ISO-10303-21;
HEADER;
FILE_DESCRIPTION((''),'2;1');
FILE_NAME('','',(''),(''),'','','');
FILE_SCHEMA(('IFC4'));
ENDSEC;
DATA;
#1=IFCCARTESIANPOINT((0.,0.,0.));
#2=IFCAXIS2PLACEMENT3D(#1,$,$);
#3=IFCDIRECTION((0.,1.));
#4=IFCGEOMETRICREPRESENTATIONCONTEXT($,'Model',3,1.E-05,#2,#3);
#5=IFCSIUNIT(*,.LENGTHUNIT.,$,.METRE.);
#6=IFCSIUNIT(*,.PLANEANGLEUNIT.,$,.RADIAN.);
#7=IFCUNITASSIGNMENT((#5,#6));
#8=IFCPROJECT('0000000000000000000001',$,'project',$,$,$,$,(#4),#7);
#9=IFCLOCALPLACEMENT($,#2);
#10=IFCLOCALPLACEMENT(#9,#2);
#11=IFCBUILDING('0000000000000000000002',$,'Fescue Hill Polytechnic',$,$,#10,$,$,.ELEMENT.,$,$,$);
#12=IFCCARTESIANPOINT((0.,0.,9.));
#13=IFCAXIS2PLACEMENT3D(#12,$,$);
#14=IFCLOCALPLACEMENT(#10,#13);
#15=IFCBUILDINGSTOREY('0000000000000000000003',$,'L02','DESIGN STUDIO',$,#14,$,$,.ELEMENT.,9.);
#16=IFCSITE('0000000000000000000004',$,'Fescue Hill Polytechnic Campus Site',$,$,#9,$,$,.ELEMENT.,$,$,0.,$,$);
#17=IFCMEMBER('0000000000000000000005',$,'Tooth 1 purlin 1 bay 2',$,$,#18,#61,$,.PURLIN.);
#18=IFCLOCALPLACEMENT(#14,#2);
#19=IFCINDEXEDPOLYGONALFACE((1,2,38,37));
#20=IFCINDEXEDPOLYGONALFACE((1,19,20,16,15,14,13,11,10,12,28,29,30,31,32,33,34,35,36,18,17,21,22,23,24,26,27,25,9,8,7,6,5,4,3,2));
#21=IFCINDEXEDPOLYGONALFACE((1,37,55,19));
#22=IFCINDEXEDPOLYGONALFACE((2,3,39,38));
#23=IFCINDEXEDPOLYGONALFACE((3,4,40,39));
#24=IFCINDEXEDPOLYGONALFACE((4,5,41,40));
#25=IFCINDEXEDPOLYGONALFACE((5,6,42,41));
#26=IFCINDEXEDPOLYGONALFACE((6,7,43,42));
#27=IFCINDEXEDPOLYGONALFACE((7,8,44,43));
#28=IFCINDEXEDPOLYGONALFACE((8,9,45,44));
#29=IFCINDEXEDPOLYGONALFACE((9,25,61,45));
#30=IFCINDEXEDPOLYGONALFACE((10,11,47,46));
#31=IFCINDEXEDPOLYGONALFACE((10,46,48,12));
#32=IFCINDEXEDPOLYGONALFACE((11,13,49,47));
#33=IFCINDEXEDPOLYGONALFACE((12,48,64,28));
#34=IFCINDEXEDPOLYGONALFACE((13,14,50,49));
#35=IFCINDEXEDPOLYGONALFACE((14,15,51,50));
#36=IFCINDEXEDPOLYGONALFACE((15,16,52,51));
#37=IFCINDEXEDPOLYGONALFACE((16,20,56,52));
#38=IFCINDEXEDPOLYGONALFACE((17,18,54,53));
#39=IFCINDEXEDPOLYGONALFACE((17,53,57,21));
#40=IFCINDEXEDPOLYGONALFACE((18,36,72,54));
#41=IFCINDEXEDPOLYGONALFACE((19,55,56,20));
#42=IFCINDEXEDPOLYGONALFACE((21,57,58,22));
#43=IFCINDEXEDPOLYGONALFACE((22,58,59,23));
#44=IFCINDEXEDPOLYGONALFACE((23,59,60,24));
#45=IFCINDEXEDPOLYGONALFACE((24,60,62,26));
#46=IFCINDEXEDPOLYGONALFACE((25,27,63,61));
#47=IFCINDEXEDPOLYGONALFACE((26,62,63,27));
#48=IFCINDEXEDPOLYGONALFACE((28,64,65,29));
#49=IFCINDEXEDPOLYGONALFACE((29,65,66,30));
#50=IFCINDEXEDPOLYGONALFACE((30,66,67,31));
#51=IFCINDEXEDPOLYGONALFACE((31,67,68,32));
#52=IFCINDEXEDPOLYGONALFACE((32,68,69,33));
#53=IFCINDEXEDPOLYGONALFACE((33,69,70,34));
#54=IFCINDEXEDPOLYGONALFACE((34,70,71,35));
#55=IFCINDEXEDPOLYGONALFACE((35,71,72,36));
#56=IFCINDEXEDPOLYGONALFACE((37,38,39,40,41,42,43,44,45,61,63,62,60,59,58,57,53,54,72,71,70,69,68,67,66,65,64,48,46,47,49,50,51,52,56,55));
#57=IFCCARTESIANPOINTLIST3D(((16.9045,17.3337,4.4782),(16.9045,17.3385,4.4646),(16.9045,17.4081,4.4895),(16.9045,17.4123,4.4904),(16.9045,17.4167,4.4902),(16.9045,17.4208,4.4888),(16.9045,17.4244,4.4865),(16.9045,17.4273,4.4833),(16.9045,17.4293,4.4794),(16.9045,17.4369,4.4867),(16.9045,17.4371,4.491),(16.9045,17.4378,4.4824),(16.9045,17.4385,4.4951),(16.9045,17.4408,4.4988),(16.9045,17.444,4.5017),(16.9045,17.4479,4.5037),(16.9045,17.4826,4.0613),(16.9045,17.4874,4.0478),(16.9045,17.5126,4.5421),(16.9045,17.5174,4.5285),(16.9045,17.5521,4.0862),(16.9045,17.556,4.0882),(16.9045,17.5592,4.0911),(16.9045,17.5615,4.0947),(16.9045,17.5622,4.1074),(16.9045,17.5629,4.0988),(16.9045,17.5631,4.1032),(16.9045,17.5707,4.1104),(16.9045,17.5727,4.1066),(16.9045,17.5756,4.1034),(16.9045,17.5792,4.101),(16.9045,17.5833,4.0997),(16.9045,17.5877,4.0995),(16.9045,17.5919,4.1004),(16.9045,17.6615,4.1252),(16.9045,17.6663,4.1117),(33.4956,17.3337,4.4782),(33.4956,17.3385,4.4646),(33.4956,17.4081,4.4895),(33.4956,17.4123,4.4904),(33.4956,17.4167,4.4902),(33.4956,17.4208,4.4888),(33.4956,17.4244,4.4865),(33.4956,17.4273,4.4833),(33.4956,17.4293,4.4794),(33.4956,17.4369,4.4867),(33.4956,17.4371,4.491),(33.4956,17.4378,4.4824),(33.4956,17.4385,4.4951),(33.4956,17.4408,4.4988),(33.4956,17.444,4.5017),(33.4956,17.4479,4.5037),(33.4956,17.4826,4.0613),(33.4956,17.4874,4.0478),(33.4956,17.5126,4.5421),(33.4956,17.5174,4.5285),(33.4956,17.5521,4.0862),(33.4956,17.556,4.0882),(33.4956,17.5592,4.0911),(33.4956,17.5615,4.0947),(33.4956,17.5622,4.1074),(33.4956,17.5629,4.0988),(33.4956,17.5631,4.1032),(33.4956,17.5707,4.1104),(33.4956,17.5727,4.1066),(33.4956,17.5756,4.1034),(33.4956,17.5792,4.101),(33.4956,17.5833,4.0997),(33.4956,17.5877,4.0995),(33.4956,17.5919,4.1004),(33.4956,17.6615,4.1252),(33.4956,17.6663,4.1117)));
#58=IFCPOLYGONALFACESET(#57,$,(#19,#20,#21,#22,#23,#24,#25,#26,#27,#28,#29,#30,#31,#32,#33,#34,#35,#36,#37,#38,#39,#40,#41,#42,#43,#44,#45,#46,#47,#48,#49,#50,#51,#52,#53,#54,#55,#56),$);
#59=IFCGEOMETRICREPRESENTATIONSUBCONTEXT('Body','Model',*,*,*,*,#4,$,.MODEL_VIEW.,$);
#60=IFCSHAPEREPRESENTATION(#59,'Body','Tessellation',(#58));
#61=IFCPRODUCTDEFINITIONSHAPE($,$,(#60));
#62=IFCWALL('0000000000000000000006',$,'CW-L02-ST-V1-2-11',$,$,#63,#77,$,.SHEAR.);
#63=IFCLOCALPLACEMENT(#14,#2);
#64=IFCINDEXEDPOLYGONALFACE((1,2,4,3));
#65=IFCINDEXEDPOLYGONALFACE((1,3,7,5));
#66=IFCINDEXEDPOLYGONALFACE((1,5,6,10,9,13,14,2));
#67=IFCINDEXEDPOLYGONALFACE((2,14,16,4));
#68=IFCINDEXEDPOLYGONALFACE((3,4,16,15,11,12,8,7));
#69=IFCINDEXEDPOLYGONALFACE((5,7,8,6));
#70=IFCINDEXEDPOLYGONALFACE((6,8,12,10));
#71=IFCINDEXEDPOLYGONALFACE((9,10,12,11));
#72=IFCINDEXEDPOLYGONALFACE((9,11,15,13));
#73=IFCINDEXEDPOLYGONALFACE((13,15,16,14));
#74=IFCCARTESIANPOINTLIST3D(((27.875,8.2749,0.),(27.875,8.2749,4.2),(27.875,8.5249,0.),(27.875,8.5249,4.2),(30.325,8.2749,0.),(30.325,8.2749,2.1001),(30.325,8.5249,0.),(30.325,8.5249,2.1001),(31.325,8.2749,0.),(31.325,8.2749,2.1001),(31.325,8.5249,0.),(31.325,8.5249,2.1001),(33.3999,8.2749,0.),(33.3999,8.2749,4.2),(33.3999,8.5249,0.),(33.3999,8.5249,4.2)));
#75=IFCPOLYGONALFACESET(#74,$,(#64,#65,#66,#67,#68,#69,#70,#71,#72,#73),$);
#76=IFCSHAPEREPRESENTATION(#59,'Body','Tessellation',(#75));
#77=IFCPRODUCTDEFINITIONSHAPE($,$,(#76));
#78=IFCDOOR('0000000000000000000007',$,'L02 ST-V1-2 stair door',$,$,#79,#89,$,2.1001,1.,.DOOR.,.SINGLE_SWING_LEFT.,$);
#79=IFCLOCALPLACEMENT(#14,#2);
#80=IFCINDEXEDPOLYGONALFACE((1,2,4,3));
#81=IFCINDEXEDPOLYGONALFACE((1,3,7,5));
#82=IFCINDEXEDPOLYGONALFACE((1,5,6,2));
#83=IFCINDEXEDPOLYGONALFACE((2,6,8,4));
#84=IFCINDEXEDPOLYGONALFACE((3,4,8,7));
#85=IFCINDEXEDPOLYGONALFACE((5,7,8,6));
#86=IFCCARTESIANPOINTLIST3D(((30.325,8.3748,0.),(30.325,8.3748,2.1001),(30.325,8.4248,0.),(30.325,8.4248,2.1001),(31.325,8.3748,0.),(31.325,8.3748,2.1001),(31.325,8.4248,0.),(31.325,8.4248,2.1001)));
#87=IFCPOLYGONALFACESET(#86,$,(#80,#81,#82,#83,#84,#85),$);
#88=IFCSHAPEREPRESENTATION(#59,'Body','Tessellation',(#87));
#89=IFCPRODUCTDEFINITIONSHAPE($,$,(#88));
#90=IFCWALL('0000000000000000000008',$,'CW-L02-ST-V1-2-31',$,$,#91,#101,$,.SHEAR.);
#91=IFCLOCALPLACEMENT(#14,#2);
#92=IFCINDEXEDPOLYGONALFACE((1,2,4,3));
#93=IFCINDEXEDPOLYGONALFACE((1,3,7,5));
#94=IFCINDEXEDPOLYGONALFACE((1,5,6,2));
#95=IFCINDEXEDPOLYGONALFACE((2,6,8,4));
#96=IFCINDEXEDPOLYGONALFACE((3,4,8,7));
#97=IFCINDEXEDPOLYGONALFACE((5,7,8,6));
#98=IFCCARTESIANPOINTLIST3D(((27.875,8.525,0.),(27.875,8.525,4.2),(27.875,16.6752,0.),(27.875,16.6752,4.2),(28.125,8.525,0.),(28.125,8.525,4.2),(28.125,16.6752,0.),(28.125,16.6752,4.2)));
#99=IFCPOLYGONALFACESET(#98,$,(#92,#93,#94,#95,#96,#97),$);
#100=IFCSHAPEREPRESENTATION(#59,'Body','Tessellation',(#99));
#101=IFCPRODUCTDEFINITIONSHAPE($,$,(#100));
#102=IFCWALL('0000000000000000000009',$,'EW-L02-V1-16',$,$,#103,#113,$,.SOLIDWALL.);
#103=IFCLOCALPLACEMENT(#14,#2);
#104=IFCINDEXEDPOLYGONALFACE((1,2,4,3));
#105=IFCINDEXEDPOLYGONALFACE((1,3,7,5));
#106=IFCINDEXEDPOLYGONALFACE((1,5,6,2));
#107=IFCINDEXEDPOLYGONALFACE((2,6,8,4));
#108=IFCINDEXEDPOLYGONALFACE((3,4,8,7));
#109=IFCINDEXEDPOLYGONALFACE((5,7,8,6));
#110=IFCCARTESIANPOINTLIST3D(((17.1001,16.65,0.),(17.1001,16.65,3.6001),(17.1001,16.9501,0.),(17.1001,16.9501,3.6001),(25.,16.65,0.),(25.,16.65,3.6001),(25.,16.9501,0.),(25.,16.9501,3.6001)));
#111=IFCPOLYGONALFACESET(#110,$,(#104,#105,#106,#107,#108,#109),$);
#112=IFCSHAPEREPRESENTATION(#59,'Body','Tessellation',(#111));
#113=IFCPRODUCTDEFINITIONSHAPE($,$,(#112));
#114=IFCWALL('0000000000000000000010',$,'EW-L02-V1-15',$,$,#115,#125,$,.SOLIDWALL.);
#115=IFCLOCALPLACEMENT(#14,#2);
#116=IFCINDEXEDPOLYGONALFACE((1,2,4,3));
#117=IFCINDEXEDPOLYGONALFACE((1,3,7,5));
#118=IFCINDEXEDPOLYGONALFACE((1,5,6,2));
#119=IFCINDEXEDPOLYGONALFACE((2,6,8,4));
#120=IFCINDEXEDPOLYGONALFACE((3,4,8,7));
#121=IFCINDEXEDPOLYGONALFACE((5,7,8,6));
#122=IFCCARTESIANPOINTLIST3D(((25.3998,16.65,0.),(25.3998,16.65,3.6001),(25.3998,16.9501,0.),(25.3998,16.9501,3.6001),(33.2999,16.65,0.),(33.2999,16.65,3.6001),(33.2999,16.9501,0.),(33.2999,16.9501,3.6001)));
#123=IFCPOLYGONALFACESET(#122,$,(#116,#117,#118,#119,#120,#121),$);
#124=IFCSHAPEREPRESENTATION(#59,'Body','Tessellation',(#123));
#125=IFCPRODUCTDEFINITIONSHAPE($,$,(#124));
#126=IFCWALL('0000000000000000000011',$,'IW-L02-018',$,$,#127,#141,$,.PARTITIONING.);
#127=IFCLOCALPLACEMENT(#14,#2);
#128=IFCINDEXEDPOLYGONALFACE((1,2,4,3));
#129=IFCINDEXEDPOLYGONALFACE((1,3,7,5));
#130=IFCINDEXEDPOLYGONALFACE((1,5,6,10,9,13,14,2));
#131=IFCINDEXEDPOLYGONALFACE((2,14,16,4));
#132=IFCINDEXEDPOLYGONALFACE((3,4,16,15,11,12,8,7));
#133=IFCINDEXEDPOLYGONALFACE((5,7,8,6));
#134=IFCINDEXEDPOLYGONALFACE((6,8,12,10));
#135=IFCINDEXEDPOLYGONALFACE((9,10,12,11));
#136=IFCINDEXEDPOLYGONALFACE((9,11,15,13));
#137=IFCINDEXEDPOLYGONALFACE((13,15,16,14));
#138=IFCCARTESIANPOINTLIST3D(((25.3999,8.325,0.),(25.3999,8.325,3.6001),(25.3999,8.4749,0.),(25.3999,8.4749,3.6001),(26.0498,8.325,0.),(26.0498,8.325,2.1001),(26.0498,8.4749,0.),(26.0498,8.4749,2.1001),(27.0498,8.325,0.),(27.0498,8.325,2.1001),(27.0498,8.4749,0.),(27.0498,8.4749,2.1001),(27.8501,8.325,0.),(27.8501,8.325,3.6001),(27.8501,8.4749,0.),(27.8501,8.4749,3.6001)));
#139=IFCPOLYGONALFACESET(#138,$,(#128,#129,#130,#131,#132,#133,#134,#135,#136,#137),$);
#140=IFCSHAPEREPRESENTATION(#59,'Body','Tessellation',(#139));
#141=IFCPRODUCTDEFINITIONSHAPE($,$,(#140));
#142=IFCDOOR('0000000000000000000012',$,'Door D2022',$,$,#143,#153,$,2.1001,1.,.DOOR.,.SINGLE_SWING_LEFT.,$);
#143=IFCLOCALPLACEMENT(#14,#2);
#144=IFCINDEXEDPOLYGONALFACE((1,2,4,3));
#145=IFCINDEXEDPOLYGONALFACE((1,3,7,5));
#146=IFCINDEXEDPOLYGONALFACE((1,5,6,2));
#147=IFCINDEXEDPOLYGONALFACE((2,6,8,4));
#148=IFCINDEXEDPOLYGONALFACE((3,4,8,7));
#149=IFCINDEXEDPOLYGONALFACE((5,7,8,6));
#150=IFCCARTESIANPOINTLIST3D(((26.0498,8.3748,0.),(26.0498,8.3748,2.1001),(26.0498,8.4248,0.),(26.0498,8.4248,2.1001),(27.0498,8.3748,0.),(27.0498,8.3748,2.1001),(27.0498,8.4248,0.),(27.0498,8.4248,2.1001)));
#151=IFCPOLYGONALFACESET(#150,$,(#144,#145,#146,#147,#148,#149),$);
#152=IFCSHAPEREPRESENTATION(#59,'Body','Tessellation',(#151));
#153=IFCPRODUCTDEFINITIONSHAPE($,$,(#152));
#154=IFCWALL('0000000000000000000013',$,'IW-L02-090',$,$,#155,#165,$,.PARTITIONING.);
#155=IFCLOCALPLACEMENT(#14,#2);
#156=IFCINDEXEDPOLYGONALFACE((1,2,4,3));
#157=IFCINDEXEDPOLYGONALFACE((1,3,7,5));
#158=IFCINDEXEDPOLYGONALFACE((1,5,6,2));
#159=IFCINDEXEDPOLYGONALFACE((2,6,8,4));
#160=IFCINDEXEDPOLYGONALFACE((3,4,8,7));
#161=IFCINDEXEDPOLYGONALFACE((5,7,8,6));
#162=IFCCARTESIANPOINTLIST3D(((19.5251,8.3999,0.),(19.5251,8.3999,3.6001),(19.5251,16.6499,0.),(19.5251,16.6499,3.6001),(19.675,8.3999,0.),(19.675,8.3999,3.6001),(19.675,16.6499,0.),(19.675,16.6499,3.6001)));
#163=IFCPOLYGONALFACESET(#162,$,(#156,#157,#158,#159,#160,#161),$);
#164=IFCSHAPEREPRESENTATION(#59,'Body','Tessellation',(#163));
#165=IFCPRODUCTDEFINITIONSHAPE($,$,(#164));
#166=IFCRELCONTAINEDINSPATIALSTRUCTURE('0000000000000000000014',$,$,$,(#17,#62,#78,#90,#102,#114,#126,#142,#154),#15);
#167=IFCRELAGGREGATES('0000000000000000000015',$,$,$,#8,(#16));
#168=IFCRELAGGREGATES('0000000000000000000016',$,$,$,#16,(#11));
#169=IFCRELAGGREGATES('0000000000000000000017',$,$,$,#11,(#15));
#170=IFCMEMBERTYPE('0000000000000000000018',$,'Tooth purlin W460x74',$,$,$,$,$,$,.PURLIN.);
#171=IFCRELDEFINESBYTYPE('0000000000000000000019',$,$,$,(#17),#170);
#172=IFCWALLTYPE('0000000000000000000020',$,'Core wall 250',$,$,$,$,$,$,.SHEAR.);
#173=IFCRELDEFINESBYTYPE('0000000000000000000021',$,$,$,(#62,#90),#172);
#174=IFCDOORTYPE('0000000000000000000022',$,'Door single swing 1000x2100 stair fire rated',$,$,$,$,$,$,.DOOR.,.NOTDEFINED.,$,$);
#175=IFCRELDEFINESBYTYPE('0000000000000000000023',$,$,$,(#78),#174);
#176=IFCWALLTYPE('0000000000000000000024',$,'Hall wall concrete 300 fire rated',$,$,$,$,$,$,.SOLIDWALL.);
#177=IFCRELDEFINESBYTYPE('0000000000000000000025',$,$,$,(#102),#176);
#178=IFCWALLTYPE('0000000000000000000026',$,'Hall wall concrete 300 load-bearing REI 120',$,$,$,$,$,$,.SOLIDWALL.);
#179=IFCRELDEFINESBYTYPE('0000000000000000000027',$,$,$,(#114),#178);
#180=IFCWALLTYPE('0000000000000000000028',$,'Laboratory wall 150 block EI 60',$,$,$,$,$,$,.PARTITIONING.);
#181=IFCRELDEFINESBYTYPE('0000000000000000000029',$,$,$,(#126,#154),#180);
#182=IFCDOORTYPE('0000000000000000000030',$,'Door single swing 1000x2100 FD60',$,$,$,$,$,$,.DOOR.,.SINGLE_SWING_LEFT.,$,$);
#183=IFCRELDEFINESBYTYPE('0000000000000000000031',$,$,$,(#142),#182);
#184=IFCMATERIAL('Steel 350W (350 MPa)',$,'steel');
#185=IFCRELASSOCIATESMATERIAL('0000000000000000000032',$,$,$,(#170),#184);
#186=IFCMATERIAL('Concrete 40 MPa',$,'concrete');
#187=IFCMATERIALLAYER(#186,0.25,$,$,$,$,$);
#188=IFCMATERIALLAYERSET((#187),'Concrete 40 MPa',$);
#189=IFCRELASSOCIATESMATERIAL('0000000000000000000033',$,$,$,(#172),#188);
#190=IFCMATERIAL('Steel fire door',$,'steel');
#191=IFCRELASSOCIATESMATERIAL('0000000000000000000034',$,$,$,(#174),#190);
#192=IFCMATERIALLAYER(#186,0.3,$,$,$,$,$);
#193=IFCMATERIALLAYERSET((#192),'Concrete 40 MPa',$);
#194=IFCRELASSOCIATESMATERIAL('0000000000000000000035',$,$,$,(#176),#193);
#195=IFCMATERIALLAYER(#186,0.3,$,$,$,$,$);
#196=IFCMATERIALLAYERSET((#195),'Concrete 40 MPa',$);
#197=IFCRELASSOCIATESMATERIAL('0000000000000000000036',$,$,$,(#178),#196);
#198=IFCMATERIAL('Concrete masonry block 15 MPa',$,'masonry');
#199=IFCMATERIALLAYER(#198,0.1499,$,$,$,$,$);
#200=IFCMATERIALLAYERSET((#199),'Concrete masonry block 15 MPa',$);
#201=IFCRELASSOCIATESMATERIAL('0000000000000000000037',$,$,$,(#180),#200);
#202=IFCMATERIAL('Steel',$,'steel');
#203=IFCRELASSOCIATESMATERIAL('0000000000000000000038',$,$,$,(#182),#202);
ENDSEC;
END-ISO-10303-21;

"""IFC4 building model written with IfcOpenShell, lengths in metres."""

from ifc_helpers import new_model, si_unit, direction, frame, frame_2d, origin, origin_2d, place, context, subcontext, project, spatial, rectangle, i_section, extrude, material, layer, layer_set, material_profile, profile_set, type_object, element, fill, save


model = new_model("IFC4")

# Units and contexts
model_context = context("Model", 3, precision=1e-05, world=origin(), true_north=direction((0.0, 1.0)))
body_context = subcontext(model_context, "Body", "Model", "MODEL_VIEW")
ifc_project = project(units=[si_unit("LENGTHUNIT", "METRE"), si_unit("PLANEANGLEUNIT", "RADIAN")], contexts=[model_context])

# Site, building, storey
site_placement = place(None, origin())
site = spatial("IfcSite", under=ifc_project, at=site_placement, Name="Fescue Hill Polytechnic Campus Site", CompositionType="ELEMENT", RefElevation=0.0)
building_placement = place(site_placement, origin())
building = spatial("IfcBuilding", under=site, at=building_placement, Name="Fescue Hill Polytechnic", CompositionType="ELEMENT")
storey_placement = place(building_placement, frame((0.0, 0.0, 9.0)))
storey = spatial("IfcBuildingStorey", under=building, at=storey_placement, Name="L02", Description="DESIGN STUDIO", CompositionType="ELEMENT", Elevation=9.0)

# Shared definitions
ifc_material_1 = material(Name="Concrete 40 MPa", Category="concrete")

# Member
ifc_material_2 = material(Name="Steel 350W (350 MPa)", Category="steel")
ifc_material_profile_1 = material_profile(ifc_material_2, i_section(OverallWidth=0.1899, OverallDepth=0.457, WebThickness=0.009, FlangeThickness=0.0144, FilletRadius=0.0166, at=origin_2d()), Name="W460x74")
ifc_profile_set_1 = profile_set([ifc_material_profile_1], Name="Steel 350W (350 MPa)")
member_type = type_object("IfcMemberType", Name="Tooth purlin W460x74", PredefinedType="PURLIN", material=ifc_profile_set_1)
member_placement = place(storey_placement, frame((16.9045, 17.5, 4.2949), z_axis=(1.0, 0.0, 0.0), x_axis=(0.0, 0.941742, 0.336336)))
element("IfcMember", 1, at=member_placement, inside=storey, type_object=member_type, Name="Tooth 1 purlin 1 bay 2", PredefinedType="PURLIN", context=body_context, shape_type="SweptSolid", body=[
    extrude(i_section(OverallWidth=0.1899, OverallDepth=0.457, WebThickness=0.009, FlangeThickness=0.0144, FilletRadius=0.0166, at=origin_2d()), origin(), (0.0, 0.0, 1.0), 16.5911),
])

# Wall, opening, door
ifc_layer_1 = layer(ifc_material_1, 0.25)
ifc_layer_set_1 = layer_set([ifc_layer_1], Name="Concrete 40 MPa")
wall_type_1 = type_object("IfcWallType", Name="Core wall 250", PredefinedType="SHEAR", material=ifc_layer_set_1)
wall_1_placement = place(storey_placement, frame((27.875, 8.3999, 0.0), z_axis=(0.0, 0.0, 1.0), x_axis=(1.0, 0.0, 0.0)))
wall_1 = element("IfcWall", 2, at=wall_1_placement, inside=storey, type_object=wall_type_1, Name="CW-L02-ST-V1-2-11", PredefinedType="SHEAR", context=body_context, shape_type="SweptSolid", body=[
    extrude(rectangle(XDim=5.5249, YDim=0.25, at=frame_2d((2.7625, 0.0))), origin(), (0.0, 0.0, 1.0), 4.2),
])
opening_1_placement = place(wall_1_placement, frame((2.45, 0.0, 0.0)))
opening_1 = element("IfcOpeningElement", 3, at=opening_1_placement, cuts=wall_1, PredefinedType="OPENING", context=body_context, shape_type="SweptSolid", body=[
    extrude(rectangle(XDim=1.0, YDim=2.1001, at=frame_2d((0.5, 1.05))), frame((0.0, 0.135, 0.0), z_axis=(0.0, -1.0, 0.0), x_axis=(1.0, 0.0, 0.0)), (0.0, 0.0, 1.0), 0.27),
])
ifc_material_3 = material(Name="Steel fire door", Category="steel")
door_type_1 = type_object("IfcDoorType", Name="Door single swing 1000x2100 stair fire rated", OperationType="NOTDEFINED", PredefinedType="DOOR", material=ifc_material_3)
door_1_placement = place(opening_1_placement, origin())
door_1 = element("IfcDoor", 4, at=door_1_placement, inside=storey, type_object=door_type_1, Name="L02 ST-V1-2 stair door", OperationType="SINGLE_SWING_LEFT", OverallHeight=2.1001, OverallWidth=1.0, PredefinedType="DOOR", context=body_context, shape_type="SweptSolid", body=[
    extrude(rectangle(XDim=1.0, YDim=2.1001, at=frame_2d((0.5, 1.05))), frame((0.0, 0.0249, 0.0), z_axis=(0.0, -1.0, 0.0), x_axis=(1.0, 0.0, 0.0)), (0.0, 0.0, 1.0), 0.05),
])
fill(opening_1, door_1)

# Walls
wall_2_placement = place(storey_placement, frame((28.0, 8.5249, 0.0), z_axis=(0.0, 0.0, 1.0), x_axis=(0.0, 1.0, 0.0)))
element("IfcWall", 5, at=wall_2_placement, inside=storey, type_object=wall_type_1, Name="CW-L02-ST-V1-2-31", PredefinedType="SHEAR", context=body_context, shape_type="SweptSolid", body=[
    extrude(rectangle(XDim=8.1501, YDim=0.25, at=frame_2d((4.0752, 0.0))), origin(), (0.0, 0.0, 1.0), 4.2),
])
ifc_layer_2 = layer(ifc_material_1, 0.3)
ifc_layer_set_2 = layer_set([ifc_layer_2], Name="Concrete 40 MPa")
wall_type_2 = type_object("IfcWallType", Name="Hall wall concrete 300 fire rated", PredefinedType="SOLIDWALL", material=ifc_layer_set_2)
wall_3_placement = place(storey_placement, frame((25.0, 16.8, 0.0), z_axis=(0.0, 0.0, 1.0), x_axis=(-1.0, 0.0, 0.0)))
element("IfcWall", 6, at=wall_3_placement, inside=storey, type_object=wall_type_2, Name="EW-L02-V1-16", PredefinedType="SOLIDWALL", context=body_context, shape_type="SweptSolid", body=[
    extrude(rectangle(XDim=7.8999, YDim=0.3, at=frame_2d((3.95, 0.0))), origin(), (0.0, 0.0, 1.0), 3.6001),
])
ifc_layer_3 = layer(ifc_material_1, 0.3)
ifc_layer_set_3 = layer_set([ifc_layer_3], Name="Concrete 40 MPa")
wall_type_3 = type_object("IfcWallType", Name="Hall wall concrete 300 load-bearing REI 120", PredefinedType="SOLIDWALL", material=ifc_layer_set_3)
wall_4_placement = place(storey_placement, frame((33.3, 16.8, 0.0), z_axis=(0.0, 0.0, 1.0), x_axis=(-1.0, 0.0, 0.0)))
element("IfcWall", 7, at=wall_4_placement, inside=storey, type_object=wall_type_3, Name="EW-L02-V1-15", PredefinedType="SOLIDWALL", context=body_context, shape_type="SweptSolid", body=[
    extrude(rectangle(XDim=7.9001, YDim=0.3, at=frame_2d((3.9502, 0.0))), origin(), (0.0, 0.0, 1.0), 3.6001),
])

# Wall, opening, door
ifc_material_4 = material(Name="Concrete masonry block 15 MPa", Category="masonry")
ifc_layer_4 = layer(ifc_material_4, 0.1499)
ifc_layer_set_4 = layer_set([ifc_layer_4], Name="Concrete masonry block 15 MPa")
wall_type_4 = type_object("IfcWallType", Name="Laboratory wall 150 block EI 60", PredefinedType="PARTITIONING", material=ifc_layer_set_4)
wall_5_placement = place(storey_placement, frame((25.3999, 8.3999, 0.0), z_axis=(0.0, 0.0, 1.0), x_axis=(1.0, 0.0, 0.0)))
wall_5 = element("IfcWall", 8, at=wall_5_placement, inside=storey, type_object=wall_type_4, Name="IW-L02-018", PredefinedType="PARTITIONING", context=body_context, shape_type="SweptSolid", body=[
    extrude(rectangle(XDim=2.4502, YDim=0.1499, at=frame_2d((1.2251, 0.0))), origin(), (0.0, 0.0, 1.0), 3.6001),
])
opening_2_placement = place(wall_5_placement, frame((0.6499, 0.0, 0.0)))
opening_2 = element("IfcOpeningElement", 9, at=opening_2_placement, cuts=wall_5, PredefinedType="OPENING", context=body_context, shape_type="SweptSolid", body=[
    extrude(rectangle(XDim=1.0, YDim=2.1001, at=frame_2d((0.5, 1.05))), frame((0.0, 0.085, 0.0), z_axis=(0.0, -1.0, 0.0), x_axis=(1.0, 0.0, 0.0)), (0.0, 0.0, 1.0), 0.1699),
])
ifc_material_5 = material(Name="Steel", Category="steel")
door_type_2 = type_object("IfcDoorType", Name="Door single swing 1000x2100 FD60", OperationType="SINGLE_SWING_LEFT", PredefinedType="DOOR", material=ifc_material_5)
door_2_placement = place(opening_2_placement, origin())
door_2 = element("IfcDoor", 10, at=door_2_placement, inside=storey, type_object=door_type_2, Name="Door D2022", OperationType="SINGLE_SWING_LEFT", OverallHeight=2.1001, OverallWidth=1.0, PredefinedType="DOOR", context=body_context, shape_type="SweptSolid", body=[
    extrude(rectangle(XDim=1.0, YDim=2.1001, at=frame_2d((0.5, 1.05))), frame((0.0, 0.0249, 0.0), z_axis=(0.0, -1.0, 0.0), x_axis=(1.0, 0.0, 0.0)), (0.0, 0.0, 1.0), 0.05),
])
fill(opening_2, door_2)

# Wall
wall_6_placement = place(storey_placement, frame((19.6001, 8.3999, 0.0), z_axis=(0.0, 0.0, 1.0), x_axis=(0.0, 1.0, 0.0)))
element("IfcWall", 11, at=wall_6_placement, inside=storey, type_object=wall_type_4, Name="IW-L02-090", PredefinedType="PARTITIONING", context=body_context, shape_type="SweptSolid", body=[
    extrude(rectangle(XDim=8.25, YDim=0.1499, at=frame_2d((4.125, 0.0))), origin(), (0.0, 0.0, 1.0), 3.6001),
])

save(model, "model.ifc")
